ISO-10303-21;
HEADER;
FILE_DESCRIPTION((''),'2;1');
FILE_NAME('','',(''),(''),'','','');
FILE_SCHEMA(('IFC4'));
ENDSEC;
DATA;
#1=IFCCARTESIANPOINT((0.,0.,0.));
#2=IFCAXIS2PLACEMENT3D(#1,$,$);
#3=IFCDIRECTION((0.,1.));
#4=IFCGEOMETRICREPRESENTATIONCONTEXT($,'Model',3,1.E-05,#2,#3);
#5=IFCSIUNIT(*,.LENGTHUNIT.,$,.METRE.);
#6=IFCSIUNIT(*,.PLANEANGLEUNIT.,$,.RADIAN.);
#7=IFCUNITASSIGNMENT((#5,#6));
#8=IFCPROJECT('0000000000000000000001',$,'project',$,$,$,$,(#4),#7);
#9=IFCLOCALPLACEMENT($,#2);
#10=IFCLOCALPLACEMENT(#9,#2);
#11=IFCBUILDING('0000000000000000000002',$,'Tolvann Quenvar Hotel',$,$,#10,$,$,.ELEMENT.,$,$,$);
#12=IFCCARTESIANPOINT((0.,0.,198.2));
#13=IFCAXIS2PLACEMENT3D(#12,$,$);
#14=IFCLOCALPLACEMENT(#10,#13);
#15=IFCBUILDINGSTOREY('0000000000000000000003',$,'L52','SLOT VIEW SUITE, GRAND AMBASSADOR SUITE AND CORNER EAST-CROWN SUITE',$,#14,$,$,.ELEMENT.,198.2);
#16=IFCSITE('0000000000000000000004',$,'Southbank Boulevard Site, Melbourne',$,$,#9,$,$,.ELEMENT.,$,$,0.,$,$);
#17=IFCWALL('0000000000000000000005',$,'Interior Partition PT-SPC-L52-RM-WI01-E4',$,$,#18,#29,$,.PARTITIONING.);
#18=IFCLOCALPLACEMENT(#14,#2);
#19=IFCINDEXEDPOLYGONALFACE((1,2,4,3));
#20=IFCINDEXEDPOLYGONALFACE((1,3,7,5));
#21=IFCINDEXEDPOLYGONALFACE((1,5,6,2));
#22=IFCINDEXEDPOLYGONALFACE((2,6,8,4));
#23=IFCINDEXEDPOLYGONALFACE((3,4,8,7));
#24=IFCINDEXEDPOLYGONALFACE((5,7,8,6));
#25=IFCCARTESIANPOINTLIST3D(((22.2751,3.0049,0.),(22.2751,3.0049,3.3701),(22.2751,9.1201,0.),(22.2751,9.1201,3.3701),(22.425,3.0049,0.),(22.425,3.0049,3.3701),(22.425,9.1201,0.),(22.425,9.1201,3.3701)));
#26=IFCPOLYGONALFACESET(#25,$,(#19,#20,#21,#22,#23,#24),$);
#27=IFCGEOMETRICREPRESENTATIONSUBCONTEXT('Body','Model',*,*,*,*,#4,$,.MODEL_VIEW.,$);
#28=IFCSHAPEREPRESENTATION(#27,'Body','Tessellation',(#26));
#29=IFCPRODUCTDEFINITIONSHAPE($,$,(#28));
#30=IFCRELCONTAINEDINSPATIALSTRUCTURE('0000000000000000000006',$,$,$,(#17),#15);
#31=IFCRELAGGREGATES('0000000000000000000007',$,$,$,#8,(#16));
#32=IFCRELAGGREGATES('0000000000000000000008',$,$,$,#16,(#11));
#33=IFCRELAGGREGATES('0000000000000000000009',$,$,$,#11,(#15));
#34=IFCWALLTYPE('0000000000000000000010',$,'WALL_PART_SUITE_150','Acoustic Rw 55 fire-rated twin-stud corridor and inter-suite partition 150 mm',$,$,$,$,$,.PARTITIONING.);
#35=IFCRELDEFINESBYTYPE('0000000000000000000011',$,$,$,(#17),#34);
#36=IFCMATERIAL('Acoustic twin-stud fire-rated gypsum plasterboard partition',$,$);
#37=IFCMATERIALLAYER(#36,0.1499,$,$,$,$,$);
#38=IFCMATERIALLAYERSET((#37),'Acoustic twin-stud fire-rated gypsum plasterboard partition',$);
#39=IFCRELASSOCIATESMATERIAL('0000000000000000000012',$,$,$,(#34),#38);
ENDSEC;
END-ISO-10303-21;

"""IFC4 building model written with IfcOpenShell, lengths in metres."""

from ifc_helpers import new_model, si_unit, direction, frame, frame_2d, origin, place, context, subcontext, project, spatial, rectangle, extrude, material, layer, layer_set, type_object, element, save


model = new_model("IFC4")

# Units and contexts
model_context = context("Model", 3, precision=1e-05, world=origin(), true_north=direction((0.0, 1.0)))
body_context = subcontext(model_context, "Body", "Model", "MODEL_VIEW")
ifc_project = project(units=[si_unit("LENGTHUNIT", "METRE"), si_unit("PLANEANGLEUNIT", "RADIAN")], contexts=[model_context])

# Site, building, storey
site_placement = place(None, origin())
site = spatial("IfcSite", under=ifc_project, at=site_placement, Name="Southbank Boulevard Site, Melbourne", CompositionType="ELEMENT", RefElevation=0.0)
building_placement = place(site_placement, origin())
building = spatial("IfcBuilding", under=site, at=building_placement, Name="Tolvann Quenvar Hotel", CompositionType="ELEMENT")
storey_placement = place(building_placement, frame((0.0, 0.0, 198.2)))
storey = spatial("IfcBuildingStorey", under=building, at=storey_placement, Name="L52", Description="SLOT VIEW SUITE, GRAND AMBASSADOR SUITE AND CORNER EAST-CROWN SUITE", CompositionType="ELEMENT", Elevation=198.2)

# Shared definitions
ifc_material_1 = material(Name="Acoustic twin-stud fire-rated gypsum plasterboard partition")
ifc_layer_1 = layer(ifc_material_1, 0.1499)
ifc_layer_set_1 = layer_set([ifc_layer_1], Name="Acoustic twin-stud fire-rated gypsum plasterboard partition")
wall_type_1 = type_object("IfcWallType", Name="WALL_PART_SUITE_150", Description="Acoustic Rw 55 fire-rated twin-stud corridor and inter-suite partition 150 mm", PredefinedType="PARTITIONING", material=ifc_layer_set_1)

# Wall
wall_1_placement = place(storey_placement, frame((22.3501, 3.0049, 0.0), z_axis=(0.0, 0.0, 1.0), x_axis=(0.0, 1.0, 0.0)))
element("IfcWall", 1, at=wall_1_placement, inside=storey, type_object=wall_type_1, Name="Interior Partition PT-SPC-L52-RM-WI01-E4", PredefinedType="PARTITIONING", context=body_context, shape_type="SweptSolid", body=[
    extrude(rectangle(XDim=6.1152, YDim=0.1499, at=frame_2d((3.0576, 0.0))), origin(), (0.0, 0.0, 1.0), 3.3701),
])

save(model, "model.ifc")
